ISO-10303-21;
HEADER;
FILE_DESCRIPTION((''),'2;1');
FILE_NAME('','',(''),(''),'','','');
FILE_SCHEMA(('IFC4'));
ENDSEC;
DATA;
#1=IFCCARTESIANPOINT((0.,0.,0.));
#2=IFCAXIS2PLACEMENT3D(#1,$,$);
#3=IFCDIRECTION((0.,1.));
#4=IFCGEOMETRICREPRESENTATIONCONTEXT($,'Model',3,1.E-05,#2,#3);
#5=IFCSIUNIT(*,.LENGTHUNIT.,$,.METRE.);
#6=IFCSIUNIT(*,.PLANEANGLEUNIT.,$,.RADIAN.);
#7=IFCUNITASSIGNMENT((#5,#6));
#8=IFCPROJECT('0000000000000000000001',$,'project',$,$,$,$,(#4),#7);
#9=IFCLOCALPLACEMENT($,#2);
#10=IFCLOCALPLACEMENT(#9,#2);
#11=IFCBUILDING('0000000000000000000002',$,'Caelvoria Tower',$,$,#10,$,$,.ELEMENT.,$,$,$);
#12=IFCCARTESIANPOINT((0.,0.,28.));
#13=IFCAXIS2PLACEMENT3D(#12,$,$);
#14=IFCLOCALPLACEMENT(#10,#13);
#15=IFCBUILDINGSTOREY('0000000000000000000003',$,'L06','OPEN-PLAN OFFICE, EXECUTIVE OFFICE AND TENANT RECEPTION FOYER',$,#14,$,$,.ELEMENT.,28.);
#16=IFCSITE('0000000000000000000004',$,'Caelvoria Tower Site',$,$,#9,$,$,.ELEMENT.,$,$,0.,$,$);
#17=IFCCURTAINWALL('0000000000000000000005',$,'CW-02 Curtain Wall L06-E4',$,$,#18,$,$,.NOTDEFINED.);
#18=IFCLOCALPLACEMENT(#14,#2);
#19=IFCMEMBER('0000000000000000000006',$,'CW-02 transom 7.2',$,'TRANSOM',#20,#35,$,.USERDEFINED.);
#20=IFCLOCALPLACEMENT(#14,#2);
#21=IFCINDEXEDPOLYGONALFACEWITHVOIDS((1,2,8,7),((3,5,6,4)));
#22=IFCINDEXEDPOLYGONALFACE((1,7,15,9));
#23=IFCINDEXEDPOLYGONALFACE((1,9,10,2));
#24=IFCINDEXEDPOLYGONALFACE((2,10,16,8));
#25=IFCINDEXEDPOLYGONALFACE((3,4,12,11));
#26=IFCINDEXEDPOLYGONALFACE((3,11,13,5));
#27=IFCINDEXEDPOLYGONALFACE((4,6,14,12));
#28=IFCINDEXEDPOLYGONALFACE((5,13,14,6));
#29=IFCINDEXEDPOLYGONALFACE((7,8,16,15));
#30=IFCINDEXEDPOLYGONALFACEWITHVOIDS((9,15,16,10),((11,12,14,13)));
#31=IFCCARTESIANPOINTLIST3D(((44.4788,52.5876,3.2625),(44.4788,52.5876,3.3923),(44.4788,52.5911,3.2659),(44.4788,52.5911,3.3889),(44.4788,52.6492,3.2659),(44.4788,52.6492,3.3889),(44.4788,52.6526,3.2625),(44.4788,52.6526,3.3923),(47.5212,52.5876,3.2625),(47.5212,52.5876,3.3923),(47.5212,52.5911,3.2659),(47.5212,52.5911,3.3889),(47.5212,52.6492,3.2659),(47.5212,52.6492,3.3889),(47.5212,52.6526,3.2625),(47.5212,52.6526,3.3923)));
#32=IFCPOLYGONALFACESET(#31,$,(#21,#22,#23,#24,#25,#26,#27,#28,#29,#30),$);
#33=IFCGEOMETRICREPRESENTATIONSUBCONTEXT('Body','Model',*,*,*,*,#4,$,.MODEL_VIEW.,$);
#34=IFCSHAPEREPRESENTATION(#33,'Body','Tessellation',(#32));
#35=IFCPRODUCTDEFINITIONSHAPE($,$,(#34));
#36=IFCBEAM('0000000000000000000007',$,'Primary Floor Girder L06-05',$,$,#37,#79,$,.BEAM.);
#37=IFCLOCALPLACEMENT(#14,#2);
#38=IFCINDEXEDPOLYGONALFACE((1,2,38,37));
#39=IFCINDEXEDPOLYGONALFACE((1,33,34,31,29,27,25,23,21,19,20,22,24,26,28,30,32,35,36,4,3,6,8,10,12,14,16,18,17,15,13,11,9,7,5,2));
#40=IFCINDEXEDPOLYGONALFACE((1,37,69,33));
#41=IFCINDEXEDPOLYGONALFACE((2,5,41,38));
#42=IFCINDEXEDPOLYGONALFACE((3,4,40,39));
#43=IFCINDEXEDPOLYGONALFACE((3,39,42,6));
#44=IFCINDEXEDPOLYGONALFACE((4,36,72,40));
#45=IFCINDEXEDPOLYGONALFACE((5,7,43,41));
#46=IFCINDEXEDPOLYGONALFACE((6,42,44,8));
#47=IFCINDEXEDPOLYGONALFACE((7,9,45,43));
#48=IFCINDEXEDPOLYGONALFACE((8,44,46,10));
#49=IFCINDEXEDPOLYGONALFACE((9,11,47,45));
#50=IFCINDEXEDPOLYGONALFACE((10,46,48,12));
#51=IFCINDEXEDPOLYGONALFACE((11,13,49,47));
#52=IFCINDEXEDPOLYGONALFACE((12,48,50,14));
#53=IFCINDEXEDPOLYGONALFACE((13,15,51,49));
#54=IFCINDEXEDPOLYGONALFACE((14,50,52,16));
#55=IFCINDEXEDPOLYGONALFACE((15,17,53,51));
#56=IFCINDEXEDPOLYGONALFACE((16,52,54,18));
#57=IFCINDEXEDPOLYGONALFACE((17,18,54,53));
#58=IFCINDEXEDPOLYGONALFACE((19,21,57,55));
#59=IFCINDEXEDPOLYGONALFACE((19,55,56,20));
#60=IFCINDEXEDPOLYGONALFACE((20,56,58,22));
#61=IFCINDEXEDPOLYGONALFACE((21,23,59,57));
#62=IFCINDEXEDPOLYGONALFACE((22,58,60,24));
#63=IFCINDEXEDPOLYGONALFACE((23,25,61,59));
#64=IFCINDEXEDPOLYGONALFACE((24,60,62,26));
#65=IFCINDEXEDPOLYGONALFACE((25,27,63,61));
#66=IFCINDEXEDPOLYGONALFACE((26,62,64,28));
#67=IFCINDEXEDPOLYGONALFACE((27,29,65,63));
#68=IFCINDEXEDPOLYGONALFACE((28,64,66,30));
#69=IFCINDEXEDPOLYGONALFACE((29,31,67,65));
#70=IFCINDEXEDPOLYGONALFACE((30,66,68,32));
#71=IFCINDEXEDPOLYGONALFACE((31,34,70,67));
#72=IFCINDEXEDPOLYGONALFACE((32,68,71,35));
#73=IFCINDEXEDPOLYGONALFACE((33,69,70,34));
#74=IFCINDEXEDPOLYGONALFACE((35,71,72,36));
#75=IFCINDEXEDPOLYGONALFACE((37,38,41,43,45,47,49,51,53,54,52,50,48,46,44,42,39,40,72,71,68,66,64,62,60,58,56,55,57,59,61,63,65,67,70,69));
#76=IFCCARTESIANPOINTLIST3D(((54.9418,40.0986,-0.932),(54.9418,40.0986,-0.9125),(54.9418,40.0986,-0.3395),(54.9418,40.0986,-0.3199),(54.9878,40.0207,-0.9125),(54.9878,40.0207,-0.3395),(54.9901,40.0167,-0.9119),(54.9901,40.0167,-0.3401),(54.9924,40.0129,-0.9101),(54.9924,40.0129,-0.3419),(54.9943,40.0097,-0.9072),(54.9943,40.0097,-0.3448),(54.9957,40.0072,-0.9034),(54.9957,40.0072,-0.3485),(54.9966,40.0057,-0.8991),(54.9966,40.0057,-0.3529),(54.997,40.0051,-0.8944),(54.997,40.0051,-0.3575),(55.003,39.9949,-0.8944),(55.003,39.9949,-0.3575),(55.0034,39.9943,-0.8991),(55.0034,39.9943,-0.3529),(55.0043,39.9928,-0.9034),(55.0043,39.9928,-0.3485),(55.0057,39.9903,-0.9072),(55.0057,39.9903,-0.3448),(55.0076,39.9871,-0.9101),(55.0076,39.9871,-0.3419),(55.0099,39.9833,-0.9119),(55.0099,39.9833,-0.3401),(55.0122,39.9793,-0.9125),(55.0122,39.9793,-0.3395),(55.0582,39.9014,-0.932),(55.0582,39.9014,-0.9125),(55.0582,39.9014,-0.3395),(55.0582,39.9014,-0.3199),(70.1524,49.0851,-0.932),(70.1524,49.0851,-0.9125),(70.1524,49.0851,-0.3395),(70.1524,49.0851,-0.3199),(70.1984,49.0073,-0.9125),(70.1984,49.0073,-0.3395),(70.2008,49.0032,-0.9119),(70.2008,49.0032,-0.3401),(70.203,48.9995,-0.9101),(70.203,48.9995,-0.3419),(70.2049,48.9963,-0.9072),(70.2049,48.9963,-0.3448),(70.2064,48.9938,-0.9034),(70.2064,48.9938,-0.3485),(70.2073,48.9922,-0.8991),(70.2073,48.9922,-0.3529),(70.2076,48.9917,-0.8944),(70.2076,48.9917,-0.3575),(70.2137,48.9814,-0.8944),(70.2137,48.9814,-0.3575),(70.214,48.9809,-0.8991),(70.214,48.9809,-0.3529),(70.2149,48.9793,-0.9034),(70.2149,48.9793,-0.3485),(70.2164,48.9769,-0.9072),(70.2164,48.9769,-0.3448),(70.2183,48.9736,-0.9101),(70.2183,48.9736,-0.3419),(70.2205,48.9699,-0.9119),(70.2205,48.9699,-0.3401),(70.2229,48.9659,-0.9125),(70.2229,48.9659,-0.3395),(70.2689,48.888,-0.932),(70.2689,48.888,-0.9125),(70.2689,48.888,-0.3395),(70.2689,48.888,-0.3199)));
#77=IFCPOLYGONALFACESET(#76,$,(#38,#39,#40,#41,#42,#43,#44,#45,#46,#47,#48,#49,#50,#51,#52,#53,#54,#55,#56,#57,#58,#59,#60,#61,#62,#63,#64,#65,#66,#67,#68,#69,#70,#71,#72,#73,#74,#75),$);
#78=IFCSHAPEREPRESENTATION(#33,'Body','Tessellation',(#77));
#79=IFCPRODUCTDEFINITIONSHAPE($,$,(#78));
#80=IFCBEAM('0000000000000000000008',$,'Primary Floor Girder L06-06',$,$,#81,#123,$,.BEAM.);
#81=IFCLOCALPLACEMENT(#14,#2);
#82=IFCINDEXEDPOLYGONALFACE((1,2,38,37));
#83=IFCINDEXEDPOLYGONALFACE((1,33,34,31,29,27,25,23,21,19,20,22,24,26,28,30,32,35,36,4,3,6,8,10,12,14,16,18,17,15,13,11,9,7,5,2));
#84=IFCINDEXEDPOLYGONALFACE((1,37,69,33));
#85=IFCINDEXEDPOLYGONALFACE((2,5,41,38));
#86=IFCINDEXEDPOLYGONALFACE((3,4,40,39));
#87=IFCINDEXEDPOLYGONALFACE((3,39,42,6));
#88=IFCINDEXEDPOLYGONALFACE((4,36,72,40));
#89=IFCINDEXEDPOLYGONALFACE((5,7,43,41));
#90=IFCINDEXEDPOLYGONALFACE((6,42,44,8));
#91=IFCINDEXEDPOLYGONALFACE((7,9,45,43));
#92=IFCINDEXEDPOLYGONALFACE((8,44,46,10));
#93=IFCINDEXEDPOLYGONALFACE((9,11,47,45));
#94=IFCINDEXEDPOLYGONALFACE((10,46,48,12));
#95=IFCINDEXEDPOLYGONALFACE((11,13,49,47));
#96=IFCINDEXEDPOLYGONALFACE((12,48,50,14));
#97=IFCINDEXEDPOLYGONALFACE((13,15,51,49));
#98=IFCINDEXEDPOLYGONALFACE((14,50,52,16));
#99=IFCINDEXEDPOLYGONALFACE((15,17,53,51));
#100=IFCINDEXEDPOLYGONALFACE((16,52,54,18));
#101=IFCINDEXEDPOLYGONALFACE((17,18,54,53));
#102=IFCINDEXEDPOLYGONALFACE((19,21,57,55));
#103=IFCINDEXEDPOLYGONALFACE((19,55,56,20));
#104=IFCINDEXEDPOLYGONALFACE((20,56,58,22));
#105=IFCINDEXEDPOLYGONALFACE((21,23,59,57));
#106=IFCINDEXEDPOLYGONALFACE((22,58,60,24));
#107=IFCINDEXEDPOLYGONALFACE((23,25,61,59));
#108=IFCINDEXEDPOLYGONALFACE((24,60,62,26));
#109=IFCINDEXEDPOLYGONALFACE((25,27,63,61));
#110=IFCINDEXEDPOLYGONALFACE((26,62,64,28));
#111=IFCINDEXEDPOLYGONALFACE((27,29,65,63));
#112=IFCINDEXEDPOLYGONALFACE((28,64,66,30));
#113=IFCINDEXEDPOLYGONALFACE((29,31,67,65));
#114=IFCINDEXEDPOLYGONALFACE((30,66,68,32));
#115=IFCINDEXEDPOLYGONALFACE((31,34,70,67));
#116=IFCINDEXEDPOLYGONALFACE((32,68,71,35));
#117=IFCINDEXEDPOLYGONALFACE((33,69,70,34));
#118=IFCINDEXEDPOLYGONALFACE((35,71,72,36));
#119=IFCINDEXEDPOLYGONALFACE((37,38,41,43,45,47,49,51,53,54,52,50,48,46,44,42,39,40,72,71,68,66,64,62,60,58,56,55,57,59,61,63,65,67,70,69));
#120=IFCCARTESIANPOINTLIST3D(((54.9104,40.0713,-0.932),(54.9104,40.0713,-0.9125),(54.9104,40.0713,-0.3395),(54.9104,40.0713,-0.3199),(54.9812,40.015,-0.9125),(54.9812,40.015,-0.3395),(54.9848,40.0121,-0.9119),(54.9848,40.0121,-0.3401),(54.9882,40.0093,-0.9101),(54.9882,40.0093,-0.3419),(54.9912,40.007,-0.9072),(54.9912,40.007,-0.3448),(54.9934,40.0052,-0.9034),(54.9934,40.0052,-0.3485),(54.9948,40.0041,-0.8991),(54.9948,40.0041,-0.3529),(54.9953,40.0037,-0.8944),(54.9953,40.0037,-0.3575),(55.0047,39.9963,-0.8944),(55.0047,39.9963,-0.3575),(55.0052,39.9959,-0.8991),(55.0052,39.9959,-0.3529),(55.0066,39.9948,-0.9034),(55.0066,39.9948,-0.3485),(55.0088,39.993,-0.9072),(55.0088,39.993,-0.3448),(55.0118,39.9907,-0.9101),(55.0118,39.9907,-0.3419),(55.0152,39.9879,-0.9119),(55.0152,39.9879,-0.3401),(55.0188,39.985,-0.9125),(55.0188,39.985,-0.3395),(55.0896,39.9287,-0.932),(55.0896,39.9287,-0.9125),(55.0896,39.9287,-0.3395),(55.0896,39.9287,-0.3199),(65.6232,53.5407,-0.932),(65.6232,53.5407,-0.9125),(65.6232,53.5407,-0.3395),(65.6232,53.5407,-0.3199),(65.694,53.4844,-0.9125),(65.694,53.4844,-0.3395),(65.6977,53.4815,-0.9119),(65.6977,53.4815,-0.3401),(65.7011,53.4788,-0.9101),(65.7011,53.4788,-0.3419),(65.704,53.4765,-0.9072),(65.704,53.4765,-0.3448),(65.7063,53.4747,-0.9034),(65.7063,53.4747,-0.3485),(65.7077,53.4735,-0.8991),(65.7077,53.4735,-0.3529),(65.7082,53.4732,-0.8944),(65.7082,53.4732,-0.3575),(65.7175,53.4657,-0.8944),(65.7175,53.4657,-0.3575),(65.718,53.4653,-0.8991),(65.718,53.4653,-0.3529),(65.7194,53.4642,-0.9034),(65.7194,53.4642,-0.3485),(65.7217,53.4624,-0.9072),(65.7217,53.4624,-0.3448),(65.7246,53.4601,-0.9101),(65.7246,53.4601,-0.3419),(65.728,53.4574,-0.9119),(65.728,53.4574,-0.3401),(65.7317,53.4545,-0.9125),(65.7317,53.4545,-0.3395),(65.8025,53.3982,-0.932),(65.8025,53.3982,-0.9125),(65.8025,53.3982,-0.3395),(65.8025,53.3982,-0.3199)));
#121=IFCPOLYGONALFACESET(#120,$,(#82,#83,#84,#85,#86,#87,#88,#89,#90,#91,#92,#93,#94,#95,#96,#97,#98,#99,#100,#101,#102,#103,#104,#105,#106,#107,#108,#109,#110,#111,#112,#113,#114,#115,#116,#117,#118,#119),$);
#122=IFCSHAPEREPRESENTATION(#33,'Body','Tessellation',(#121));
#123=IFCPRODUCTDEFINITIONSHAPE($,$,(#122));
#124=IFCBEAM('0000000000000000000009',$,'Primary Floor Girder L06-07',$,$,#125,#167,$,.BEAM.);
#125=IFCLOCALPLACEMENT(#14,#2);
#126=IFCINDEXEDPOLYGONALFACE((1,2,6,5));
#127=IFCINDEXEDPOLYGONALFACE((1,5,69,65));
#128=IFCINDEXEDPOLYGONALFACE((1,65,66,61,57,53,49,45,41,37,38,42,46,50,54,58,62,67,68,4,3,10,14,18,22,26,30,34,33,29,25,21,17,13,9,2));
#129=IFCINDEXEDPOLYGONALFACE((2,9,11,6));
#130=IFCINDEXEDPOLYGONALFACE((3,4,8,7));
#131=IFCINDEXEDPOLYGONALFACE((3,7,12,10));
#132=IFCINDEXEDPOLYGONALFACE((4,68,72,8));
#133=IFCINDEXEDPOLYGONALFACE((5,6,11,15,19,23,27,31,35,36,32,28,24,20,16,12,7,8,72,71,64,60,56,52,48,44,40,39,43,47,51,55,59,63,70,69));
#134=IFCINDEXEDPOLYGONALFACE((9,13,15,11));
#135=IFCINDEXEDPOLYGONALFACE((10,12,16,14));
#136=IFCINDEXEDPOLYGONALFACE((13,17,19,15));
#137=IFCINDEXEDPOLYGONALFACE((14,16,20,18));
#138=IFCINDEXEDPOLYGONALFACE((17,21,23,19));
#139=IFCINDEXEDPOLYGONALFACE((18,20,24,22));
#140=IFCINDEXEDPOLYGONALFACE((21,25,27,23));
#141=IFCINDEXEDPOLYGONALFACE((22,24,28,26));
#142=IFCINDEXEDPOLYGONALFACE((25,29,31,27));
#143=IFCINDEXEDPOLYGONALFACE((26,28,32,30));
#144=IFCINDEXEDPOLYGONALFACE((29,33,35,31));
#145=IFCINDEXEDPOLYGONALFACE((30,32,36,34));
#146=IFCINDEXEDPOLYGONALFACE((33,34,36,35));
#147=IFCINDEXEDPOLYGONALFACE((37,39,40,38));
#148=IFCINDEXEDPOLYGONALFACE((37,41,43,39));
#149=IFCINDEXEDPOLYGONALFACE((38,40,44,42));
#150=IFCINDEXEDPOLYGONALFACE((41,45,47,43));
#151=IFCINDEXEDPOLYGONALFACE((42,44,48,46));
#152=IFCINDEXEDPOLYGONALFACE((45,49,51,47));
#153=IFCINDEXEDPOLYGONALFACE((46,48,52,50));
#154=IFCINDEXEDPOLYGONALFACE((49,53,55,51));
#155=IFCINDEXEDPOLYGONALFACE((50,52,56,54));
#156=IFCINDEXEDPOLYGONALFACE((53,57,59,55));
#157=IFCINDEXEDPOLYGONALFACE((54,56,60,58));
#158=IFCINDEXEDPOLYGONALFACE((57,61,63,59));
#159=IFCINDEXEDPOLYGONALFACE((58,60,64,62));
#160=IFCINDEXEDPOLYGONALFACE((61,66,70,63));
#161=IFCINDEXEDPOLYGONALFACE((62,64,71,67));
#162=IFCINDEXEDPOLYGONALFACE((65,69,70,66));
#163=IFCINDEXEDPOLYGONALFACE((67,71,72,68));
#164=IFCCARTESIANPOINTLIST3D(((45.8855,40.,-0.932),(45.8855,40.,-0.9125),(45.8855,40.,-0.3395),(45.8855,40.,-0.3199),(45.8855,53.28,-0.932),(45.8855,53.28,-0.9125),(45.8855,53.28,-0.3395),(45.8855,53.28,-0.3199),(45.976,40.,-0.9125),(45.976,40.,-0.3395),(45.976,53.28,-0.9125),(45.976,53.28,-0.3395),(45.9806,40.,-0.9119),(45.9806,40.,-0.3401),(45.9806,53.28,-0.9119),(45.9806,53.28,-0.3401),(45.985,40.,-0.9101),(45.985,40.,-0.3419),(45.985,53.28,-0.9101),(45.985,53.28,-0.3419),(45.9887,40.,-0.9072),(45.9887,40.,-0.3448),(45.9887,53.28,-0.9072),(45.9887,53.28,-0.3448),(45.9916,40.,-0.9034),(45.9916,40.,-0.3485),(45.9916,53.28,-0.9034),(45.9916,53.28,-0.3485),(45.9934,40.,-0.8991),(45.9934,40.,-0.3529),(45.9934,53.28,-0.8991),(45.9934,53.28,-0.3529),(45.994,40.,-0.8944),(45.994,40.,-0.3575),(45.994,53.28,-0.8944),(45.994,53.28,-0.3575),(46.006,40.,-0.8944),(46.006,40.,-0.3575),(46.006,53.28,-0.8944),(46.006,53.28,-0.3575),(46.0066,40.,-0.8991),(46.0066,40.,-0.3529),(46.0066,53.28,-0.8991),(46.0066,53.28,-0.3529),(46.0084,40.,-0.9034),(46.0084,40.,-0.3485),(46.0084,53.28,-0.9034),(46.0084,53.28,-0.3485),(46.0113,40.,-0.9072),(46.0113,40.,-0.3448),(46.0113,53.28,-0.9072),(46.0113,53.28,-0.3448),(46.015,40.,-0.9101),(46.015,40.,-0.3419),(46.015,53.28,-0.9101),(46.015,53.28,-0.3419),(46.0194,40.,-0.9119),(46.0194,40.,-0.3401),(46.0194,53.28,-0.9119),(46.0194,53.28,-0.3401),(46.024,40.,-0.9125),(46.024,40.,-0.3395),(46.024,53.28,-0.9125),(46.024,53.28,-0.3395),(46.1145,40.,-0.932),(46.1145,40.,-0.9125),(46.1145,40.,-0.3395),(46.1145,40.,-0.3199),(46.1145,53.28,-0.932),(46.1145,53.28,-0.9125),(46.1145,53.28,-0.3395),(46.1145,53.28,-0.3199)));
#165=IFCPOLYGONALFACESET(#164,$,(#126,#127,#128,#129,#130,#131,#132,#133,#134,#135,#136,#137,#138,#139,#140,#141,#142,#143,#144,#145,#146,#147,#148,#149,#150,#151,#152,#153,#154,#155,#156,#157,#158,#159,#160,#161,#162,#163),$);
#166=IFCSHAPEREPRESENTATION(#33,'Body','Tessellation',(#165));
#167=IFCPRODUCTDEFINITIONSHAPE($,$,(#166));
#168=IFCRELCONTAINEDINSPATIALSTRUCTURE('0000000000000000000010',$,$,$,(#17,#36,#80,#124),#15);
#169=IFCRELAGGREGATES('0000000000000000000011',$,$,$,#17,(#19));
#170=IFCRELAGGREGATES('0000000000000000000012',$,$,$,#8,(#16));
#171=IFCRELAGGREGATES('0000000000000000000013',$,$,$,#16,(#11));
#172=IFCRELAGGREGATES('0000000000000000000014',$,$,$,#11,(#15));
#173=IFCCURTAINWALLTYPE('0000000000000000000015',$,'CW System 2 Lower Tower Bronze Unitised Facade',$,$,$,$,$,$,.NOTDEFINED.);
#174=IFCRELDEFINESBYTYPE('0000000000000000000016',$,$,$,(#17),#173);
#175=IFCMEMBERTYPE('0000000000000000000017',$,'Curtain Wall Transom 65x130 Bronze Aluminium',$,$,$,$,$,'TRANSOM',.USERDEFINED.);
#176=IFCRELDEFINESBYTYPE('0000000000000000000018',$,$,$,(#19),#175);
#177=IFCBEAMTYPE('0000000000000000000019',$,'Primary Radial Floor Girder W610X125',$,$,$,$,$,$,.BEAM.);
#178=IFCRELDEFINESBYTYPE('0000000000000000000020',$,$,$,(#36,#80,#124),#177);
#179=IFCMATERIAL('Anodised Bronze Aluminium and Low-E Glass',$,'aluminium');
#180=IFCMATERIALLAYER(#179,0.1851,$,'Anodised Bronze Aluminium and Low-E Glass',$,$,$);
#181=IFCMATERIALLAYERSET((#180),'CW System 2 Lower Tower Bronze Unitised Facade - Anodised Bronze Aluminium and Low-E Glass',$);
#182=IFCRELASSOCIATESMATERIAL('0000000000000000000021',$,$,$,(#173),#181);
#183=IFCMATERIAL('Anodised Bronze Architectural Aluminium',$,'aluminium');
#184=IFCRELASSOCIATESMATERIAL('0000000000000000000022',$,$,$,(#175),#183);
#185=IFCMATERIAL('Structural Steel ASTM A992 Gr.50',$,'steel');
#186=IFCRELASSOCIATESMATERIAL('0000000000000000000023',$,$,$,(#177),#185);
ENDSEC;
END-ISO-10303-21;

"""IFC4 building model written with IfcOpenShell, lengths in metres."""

from ifc_helpers import new_model, si_unit, direction, frame, origin, origin_2d, place, context, subcontext, project, spatial, hollow_rectangle, i_section, extrude, material, layer, layer_set, material_profile, profile_set, type_object, element, aggregate, save


model = new_model("IFC4")

# Units and contexts
model_context = context("Model", 3, precision=1e-05, world=origin(), true_north=direction((0.0, 1.0)))
body_context = subcontext(model_context, "Body", "Model", "MODEL_VIEW")
ifc_project = project(units=[si_unit("LENGTHUNIT", "METRE"), si_unit("PLANEANGLEUNIT", "RADIAN")], contexts=[model_context])

# Site, building, storey
site_placement = place(None, origin())
site = spatial("IfcSite", under=ifc_project, at=site_placement, Name="Caelvoria Tower Site", CompositionType="ELEMENT", RefElevation=0.0)
building_placement = place(site_placement, origin())
building = spatial("IfcBuilding", under=site, at=building_placement, Name="Caelvoria Tower", CompositionType="ELEMENT")
storey_placement = place(building_placement, frame((0.0, 0.0, 28.0)))
storey = spatial("IfcBuildingStorey", under=building, at=storey_placement, Name="L06", Description="OPEN-PLAN OFFICE, EXECUTIVE OFFICE AND TENANT RECEPTION FOYER", CompositionType="ELEMENT", Elevation=28.0)

# Shared definitions
ifc_material_1 = material(Name="Structural Steel ASTM A992 Gr.50", Category="steel")

# Curtain wall, member
ifc_material_2 = material(Name="Anodised Bronze Aluminium and Low-E Glass", Category="aluminium")
ifc_layer_1 = layer(ifc_material_2, 0.1851, Name="Anodised Bronze Aluminium and Low-E Glass")
ifc_layer_set_1 = layer_set([ifc_layer_1], Name="CW System 2 Lower Tower Bronze Unitised Facade - Anodised Bronze Aluminium and Low-E Glass")
curtain_wall_type = type_object("IfcCurtainWallType", Name="CW System 2 Lower Tower Bronze Unitised Facade", PredefinedType="NOTDEFINED", material=ifc_layer_set_1)
curtain_wall_placement = place(storey_placement, origin())
curtain_wall = element("IfcCurtainWall", 1, at=curtain_wall_placement, inside=storey, type_object=curtain_wall_type, Name="CW-02 Curtain Wall L06-E4", PredefinedType="NOTDEFINED")
ifc_material_3 = material(Name="Anodised Bronze Architectural Aluminium", Category="aluminium")
ifc_material_profile_1 = material_profile(ifc_material_3, hollow_rectangle(XDim=0.0649, YDim=0.1299, WallThickness=0.0034, at=origin_2d()), Name="Anodised Bronze Architectural Aluminium")
ifc_profile_set_1 = profile_set([ifc_material_profile_1], Name="CW_TRAN_65X130 - Anodised Bronze Architectural Aluminium")
member_type_1 = type_object("IfcMemberType", Name="Curtain Wall Transom 65x130 Bronze Aluminium", ElementType="TRANSOM", PredefinedType="USERDEFINED", material=ifc_profile_set_1)
member_1_placement = place(storey_placement, frame((47.5212, 52.6201, 3.3274), z_axis=(-1.0, 0.0, 0.0), x_axis=(0.0, -1.0, 0.0)))
member_1 = element("IfcMember", 2, at=member_1_placement, type_object=member_type_1, Name="CW-02 transom 7.2", ObjectType="TRANSOM", PredefinedType="USERDEFINED", context=body_context, shape_type="SweptSolid", body=[
    extrude(hollow_rectangle(XDim=0.0649, YDim=0.1299, WallThickness=0.0034, at=origin_2d()), origin(), (0.0, 0.0, 1.0), 3.0425),
])

# Beams
ifc_material_profile_2 = material_profile(ifc_material_1, i_section(OverallWidth=0.229, OverallDepth=0.6121, WebThickness=0.012, FlangeThickness=0.0195, FilletRadius=0.0181, at=origin_2d()), Name="Structural Steel ASTM A992 Gr.50")
ifc_profile_set_2 = profile_set([ifc_material_profile_2], Name="W610X125 - Structural Steel ASTM A992 Gr.50")
beam_type_1 = type_object("IfcBeamType", Name="Primary Radial Floor Girder W610X125", PredefinedType="BEAM", material=ifc_profile_set_2)
beam_1_placement = place(storey_placement, frame((55.0, 40.0, -0.626), z_axis=(0.860965, 0.508664, 0.0), x_axis=(-0.508664, 0.860965, 0.0)))
element("IfcBeam", 3, at=beam_1_placement, inside=storey, type_object=beam_type_1, Name="Primary Floor Girder L06-05", PredefinedType="BEAM", context=body_context, shape_type="SweptSolid", body=[
    extrude(i_section(OverallWidth=0.229, OverallDepth=0.6121, WebThickness=0.012, FlangeThickness=0.0195, FilletRadius=0.0181, at=origin_2d()), origin(), (0.0, 0.0, 1.0), 17.667),
])
beam_2_placement = place(storey_placement, frame((55.0, 40.0, -0.626), z_axis=(0.622471, 0.782643, 0.0), x_axis=(-0.782643, 0.622471, 0.0)))
element("IfcBeam", 4, at=beam_2_placement, inside=storey, type_object=beam_type_1, Name="Primary Floor Girder L06-06", PredefinedType="BEAM", context=body_context, shape_type="SweptSolid", body=[
    extrude(i_section(OverallWidth=0.229, OverallDepth=0.6121, WebThickness=0.012, FlangeThickness=0.0195, FilletRadius=0.0181, at=origin_2d()), origin(), (0.0, 0.0, 1.0), 17.2102),
])
beam_3_placement = place(storey_placement, frame((46.0, 40.0, -0.626), z_axis=(0.0, 1.0, 0.0), x_axis=(-1.0, 0.0, 0.0)))
element("IfcBeam", 5, at=beam_3_placement, inside=storey, type_object=beam_type_1, Name="Primary Floor Girder L06-07", PredefinedType="BEAM", context=body_context, shape_type="SweptSolid", body=[
    extrude(i_section(OverallWidth=0.229, OverallDepth=0.6121, WebThickness=0.012, FlangeThickness=0.0195, FilletRadius=0.0181, at=origin_2d()), origin(), (0.0, 0.0, 1.0), 13.28),
])

aggregate(curtain_wall, [member_1])

save(model, "model.ifc")
